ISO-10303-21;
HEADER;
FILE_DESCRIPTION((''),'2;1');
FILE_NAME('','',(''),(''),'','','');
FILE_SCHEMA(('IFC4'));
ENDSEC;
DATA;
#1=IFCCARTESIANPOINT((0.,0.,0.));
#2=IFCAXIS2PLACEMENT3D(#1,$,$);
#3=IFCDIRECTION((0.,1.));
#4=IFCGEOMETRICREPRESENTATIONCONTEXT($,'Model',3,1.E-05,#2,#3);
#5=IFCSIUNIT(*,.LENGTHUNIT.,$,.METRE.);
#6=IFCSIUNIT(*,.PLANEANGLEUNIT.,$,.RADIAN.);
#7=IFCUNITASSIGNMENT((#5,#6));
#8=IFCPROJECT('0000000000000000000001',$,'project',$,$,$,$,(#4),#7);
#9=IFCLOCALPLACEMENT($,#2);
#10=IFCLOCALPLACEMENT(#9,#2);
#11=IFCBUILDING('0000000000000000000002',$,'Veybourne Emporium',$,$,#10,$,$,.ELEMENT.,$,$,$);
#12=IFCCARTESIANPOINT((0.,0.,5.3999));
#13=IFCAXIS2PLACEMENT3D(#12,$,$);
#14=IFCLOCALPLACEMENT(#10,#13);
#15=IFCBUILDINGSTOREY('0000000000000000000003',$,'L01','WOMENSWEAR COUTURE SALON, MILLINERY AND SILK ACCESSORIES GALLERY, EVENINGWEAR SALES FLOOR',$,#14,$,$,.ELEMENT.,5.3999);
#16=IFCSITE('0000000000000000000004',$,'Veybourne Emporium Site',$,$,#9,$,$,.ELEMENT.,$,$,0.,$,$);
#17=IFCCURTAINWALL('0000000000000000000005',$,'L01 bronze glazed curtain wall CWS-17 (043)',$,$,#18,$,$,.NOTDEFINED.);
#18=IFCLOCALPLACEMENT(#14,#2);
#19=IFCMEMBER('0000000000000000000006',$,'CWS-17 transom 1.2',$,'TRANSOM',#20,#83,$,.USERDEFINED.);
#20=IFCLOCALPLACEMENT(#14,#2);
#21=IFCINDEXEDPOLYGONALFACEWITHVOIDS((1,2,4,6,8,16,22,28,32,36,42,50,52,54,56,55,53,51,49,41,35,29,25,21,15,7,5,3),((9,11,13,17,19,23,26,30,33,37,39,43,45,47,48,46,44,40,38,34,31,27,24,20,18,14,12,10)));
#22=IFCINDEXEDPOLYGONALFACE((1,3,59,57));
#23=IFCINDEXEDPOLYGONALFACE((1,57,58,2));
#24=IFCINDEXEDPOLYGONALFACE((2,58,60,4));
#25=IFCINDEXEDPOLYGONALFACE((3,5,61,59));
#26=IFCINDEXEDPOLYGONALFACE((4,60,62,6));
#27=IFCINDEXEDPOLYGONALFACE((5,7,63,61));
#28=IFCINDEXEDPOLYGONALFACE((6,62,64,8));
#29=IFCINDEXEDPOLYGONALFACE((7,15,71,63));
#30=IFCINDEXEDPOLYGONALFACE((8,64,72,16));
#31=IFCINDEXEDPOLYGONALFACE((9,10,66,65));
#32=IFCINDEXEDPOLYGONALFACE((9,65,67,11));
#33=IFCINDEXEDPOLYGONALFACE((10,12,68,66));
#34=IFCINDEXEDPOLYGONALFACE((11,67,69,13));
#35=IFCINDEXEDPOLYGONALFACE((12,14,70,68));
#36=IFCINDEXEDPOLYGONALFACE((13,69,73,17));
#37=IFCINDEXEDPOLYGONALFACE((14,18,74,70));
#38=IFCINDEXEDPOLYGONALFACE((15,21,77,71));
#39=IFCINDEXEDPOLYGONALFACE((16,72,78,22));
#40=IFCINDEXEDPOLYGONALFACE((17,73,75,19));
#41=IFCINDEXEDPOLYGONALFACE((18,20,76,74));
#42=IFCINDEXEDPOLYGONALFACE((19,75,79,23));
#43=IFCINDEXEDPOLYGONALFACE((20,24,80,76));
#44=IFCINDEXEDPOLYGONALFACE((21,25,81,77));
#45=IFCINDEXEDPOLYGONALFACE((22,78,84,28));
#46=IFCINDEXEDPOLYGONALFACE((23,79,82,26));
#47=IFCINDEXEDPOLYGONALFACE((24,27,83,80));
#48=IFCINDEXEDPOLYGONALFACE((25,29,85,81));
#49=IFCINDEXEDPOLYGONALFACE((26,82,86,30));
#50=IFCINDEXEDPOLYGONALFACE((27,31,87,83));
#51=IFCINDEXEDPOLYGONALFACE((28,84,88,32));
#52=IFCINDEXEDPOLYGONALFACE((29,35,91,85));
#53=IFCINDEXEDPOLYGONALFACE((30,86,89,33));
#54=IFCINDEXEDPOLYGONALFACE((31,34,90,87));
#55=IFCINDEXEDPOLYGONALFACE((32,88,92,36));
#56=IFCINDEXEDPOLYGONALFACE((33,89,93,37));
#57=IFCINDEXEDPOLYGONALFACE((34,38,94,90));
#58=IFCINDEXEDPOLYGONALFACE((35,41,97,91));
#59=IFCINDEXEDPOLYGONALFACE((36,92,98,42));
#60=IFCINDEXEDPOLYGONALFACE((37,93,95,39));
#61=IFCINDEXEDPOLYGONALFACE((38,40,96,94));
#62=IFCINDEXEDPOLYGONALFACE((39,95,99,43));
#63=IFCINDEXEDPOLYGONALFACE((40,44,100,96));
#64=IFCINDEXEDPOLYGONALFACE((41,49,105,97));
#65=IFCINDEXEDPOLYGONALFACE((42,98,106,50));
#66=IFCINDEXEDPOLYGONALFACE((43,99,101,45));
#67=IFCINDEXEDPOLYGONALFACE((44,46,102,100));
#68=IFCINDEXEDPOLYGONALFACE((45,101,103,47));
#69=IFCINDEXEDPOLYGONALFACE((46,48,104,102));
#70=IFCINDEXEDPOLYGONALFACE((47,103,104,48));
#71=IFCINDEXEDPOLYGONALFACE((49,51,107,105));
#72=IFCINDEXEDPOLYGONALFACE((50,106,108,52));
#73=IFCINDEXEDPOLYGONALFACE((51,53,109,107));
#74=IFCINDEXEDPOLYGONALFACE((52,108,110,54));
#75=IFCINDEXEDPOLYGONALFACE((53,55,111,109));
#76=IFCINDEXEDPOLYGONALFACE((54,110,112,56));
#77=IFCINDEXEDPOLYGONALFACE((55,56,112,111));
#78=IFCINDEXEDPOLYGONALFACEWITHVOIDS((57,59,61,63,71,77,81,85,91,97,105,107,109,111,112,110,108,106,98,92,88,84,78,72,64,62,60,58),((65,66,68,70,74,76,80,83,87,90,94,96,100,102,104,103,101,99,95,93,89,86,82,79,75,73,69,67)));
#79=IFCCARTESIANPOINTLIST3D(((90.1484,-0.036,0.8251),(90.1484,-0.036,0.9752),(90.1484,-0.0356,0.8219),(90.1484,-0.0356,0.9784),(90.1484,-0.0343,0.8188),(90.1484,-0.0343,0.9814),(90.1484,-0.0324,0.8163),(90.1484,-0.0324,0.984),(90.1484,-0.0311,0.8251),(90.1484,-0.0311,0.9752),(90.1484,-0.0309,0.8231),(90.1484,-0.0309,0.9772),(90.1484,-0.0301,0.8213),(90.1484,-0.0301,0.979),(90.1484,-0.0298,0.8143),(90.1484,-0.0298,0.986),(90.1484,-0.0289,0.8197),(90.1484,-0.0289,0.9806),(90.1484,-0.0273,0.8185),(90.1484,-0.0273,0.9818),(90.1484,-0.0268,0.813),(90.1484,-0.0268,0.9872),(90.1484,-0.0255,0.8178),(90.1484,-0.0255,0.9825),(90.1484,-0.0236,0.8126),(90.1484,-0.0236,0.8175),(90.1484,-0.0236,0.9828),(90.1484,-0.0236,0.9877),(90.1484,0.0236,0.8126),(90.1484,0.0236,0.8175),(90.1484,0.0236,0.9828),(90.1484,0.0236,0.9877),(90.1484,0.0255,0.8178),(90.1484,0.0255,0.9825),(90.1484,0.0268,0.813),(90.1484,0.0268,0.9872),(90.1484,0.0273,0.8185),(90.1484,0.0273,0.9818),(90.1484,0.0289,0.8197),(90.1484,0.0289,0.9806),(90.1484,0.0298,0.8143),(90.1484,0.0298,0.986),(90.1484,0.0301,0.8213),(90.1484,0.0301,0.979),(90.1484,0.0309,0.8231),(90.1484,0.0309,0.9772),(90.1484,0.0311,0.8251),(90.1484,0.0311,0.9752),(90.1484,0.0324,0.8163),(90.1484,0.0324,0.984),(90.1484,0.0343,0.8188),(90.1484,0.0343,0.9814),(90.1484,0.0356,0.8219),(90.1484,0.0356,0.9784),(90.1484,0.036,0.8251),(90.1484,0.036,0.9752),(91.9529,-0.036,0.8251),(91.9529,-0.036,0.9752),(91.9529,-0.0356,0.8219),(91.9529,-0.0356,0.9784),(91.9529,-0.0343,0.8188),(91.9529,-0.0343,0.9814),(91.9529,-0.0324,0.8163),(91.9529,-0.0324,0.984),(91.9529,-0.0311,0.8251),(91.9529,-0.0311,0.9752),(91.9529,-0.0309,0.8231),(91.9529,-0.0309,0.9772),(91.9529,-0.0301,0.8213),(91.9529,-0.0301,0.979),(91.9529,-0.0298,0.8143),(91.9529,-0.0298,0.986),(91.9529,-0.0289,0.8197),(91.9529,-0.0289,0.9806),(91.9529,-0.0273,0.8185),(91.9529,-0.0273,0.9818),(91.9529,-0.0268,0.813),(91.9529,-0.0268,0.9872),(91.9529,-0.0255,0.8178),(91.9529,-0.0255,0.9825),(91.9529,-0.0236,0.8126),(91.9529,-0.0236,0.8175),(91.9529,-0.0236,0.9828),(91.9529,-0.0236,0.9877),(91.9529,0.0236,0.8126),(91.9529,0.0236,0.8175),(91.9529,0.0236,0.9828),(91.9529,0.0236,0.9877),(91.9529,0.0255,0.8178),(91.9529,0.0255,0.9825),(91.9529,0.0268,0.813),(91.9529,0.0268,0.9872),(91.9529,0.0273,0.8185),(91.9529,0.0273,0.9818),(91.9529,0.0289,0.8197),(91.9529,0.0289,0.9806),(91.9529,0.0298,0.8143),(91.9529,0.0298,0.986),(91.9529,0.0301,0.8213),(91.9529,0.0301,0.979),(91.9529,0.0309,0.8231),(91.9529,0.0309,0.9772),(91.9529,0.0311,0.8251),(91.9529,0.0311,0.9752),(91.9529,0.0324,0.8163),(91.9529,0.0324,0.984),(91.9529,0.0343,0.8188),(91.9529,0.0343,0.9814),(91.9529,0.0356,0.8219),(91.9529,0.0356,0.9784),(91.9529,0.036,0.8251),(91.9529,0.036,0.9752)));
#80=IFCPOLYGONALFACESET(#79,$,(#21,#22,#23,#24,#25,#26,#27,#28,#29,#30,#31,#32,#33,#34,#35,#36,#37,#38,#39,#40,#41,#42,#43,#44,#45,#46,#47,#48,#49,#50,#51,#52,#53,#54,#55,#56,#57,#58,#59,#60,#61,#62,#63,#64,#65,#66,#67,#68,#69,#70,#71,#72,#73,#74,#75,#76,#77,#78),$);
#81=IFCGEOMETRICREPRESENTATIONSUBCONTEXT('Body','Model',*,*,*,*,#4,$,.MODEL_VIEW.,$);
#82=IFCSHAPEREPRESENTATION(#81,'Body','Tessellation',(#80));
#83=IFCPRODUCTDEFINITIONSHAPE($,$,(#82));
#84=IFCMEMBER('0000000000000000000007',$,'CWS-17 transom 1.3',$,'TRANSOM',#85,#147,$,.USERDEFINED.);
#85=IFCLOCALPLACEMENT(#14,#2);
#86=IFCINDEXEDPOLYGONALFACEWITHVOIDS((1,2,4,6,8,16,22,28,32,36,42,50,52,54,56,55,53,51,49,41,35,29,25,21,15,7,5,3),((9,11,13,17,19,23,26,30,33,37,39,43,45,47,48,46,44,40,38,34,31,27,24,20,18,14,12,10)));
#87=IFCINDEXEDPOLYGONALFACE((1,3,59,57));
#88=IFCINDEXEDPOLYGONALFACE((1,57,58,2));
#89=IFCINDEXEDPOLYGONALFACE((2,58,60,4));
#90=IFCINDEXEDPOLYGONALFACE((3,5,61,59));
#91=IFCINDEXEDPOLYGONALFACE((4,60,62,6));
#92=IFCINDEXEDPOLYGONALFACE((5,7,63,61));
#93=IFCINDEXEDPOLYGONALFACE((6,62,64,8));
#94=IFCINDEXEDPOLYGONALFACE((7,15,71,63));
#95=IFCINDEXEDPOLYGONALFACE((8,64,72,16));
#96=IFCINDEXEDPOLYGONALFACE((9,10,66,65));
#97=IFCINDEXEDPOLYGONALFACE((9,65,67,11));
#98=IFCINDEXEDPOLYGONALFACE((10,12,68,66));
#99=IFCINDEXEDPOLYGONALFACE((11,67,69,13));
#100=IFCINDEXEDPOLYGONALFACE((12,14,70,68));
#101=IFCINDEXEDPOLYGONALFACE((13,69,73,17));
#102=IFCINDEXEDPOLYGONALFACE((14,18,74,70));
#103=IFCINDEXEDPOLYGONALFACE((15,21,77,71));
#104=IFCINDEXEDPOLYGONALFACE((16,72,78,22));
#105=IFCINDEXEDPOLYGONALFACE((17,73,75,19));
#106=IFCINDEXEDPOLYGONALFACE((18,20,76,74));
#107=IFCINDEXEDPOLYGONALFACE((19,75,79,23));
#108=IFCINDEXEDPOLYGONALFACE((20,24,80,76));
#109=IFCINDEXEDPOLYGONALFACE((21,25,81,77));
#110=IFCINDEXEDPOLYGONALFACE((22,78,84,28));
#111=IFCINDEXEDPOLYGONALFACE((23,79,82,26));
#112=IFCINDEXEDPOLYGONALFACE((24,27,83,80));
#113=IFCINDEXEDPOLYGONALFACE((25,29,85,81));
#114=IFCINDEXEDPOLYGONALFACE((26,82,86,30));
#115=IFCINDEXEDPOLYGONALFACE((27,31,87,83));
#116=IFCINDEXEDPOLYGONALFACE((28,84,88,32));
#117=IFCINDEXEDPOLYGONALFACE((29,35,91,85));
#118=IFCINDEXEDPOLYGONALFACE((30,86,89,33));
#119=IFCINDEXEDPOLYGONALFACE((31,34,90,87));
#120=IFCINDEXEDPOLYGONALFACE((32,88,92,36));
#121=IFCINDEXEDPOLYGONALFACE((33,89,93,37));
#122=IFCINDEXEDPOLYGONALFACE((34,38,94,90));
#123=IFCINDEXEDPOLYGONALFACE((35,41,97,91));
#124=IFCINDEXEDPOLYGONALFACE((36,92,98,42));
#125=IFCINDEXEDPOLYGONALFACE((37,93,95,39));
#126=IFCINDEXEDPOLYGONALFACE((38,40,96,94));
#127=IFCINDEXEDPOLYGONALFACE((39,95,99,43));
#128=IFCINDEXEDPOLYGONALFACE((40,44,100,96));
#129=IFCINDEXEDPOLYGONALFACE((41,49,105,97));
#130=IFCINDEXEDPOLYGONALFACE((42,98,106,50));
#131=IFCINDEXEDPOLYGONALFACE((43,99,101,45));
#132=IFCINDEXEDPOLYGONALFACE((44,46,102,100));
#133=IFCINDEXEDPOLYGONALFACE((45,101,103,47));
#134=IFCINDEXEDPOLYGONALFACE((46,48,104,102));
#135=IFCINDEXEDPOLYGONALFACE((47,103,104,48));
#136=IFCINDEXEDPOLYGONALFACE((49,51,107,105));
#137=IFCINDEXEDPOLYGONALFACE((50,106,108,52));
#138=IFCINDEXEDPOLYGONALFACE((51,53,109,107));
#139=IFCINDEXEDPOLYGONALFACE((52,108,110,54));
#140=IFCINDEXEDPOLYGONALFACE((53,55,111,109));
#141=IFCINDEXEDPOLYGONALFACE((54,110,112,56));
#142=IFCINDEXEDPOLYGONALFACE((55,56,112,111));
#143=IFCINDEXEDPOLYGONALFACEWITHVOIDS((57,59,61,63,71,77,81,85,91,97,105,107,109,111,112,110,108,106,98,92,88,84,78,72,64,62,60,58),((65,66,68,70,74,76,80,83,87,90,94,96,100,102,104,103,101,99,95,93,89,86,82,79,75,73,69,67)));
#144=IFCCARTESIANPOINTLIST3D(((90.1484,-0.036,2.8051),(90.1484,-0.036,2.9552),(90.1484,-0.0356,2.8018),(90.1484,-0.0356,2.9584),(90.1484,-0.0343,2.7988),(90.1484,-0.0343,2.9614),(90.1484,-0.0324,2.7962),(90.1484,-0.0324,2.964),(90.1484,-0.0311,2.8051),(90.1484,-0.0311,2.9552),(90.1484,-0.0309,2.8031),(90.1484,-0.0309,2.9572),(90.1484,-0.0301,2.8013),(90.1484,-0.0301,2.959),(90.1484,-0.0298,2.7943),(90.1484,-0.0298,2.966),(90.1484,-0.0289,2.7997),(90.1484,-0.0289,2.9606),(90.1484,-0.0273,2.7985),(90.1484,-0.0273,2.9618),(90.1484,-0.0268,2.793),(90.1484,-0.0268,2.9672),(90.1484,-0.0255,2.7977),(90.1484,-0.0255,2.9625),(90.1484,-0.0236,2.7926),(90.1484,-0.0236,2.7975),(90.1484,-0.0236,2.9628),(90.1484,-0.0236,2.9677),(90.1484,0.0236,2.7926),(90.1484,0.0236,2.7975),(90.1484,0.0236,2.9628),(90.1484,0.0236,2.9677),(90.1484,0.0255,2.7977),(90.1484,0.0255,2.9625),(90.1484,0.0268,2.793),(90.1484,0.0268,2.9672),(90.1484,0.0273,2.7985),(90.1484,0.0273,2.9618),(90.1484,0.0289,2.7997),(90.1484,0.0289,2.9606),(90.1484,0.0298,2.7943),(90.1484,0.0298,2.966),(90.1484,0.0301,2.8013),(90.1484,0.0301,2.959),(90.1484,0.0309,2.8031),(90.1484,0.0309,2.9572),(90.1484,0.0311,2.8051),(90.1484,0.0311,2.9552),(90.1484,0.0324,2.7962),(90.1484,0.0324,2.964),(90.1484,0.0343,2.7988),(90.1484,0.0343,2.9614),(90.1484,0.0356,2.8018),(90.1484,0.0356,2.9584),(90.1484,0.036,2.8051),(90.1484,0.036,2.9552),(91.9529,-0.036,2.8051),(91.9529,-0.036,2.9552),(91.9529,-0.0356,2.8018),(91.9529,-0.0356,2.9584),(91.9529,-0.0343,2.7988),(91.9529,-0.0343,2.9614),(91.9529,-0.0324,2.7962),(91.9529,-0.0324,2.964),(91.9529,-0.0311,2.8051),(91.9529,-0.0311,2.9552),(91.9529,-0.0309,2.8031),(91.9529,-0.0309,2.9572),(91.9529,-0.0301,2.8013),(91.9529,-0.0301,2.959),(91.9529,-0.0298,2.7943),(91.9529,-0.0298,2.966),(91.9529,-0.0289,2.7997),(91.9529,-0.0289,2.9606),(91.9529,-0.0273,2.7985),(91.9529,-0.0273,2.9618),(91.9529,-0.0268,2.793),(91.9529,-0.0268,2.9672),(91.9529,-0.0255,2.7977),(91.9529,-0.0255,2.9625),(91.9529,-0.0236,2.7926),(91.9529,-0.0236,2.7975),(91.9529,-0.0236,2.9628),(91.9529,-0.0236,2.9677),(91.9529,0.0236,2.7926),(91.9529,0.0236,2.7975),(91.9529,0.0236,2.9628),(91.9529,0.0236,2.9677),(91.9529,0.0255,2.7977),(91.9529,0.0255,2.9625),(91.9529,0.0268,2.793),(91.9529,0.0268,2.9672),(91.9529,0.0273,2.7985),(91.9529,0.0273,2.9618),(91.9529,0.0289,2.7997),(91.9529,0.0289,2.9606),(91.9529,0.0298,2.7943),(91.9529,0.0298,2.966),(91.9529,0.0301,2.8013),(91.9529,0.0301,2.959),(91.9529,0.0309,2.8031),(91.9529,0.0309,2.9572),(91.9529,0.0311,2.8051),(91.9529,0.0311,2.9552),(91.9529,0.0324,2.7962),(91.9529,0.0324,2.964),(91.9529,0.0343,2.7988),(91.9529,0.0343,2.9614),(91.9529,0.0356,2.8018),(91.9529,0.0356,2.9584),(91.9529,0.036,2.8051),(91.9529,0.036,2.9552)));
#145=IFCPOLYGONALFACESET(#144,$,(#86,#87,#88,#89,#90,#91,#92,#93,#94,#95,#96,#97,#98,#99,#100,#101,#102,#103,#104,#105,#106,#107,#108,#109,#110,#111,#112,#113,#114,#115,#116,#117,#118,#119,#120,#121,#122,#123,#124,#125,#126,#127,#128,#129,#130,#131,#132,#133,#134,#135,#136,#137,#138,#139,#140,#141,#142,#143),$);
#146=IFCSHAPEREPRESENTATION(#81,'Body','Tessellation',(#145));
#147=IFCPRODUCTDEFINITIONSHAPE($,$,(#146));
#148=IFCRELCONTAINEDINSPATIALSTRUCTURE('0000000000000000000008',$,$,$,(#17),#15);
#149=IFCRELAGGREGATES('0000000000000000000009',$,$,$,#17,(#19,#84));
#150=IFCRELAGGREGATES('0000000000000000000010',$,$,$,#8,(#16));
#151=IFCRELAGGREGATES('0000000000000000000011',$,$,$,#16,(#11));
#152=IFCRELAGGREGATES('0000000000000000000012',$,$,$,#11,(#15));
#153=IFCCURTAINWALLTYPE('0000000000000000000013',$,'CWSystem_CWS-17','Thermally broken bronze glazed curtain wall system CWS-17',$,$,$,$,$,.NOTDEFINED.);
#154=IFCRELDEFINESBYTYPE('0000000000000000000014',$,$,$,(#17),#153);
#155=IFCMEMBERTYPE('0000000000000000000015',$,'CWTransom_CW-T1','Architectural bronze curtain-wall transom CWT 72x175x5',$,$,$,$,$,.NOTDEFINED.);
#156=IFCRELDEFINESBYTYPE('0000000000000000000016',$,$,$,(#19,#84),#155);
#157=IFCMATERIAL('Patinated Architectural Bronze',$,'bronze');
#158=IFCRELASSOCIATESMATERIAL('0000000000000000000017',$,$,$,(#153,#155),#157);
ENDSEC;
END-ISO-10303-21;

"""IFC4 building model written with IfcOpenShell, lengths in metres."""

from ifc_helpers import new_model, si_unit, direction, frame, origin, origin_2d, place, context, subcontext, project, spatial, hollow_rectangle, extrude, material, material_profile, profile_set, type_object, element, aggregate, save


model = new_model("IFC4")

# Units and contexts
model_context = context("Model", 3, precision=1e-05, world=origin(), true_north=direction((0.0, 1.0)))
body_context = subcontext(model_context, "Body", "Model", "MODEL_VIEW")
ifc_project = project(units=[si_unit("LENGTHUNIT", "METRE"), si_unit("PLANEANGLEUNIT", "RADIAN")], contexts=[model_context])

# Site, building, storey
site_placement = place(None, origin())
site = spatial("IfcSite", under=ifc_project, at=site_placement, Name="Veybourne Emporium Site", CompositionType="ELEMENT", RefElevation=0.0)
building_placement = place(site_placement, origin())
building = spatial("IfcBuilding", under=site, at=building_placement, Name="Veybourne Emporium", CompositionType="ELEMENT")
storey_placement = place(building_placement, frame((0.0, 0.0, 5.3999)))
storey = spatial("IfcBuildingStorey", under=building, at=storey_placement, Name="L01", Description="WOMENSWEAR COUTURE SALON, MILLINERY AND SILK ACCESSORIES GALLERY, EVENINGWEAR SALES FLOOR", CompositionType="ELEMENT", Elevation=5.3999)

# Curtain wall
ifc_material_1 = material(Name="Patinated Architectural Bronze", Category="bronze")
curtain_wall_type_1 = type_object("IfcCurtainWallType", Name="CWSystem_CWS-17", Description="Thermally broken bronze glazed curtain wall system CWS-17", PredefinedType="NOTDEFINED", material=ifc_material_1)
curtain_wall_1_placement = place(storey_placement, origin())
curtain_wall_1 = element("IfcCurtainWall", 1, at=curtain_wall_1_placement, inside=storey, type_object=curtain_wall_type_1, Name="L01 bronze glazed curtain wall CWS-17 (043)", PredefinedType="NOTDEFINED")

# Members
ifc_material_profile_1 = material_profile(ifc_material_1, hollow_rectangle(XDim=0.072, YDim=0.175, WallThickness=0.0049, InnerFilletRadius=0.0076, OuterFilletRadius=0.0125, at=origin_2d()), Name="CWT 72x175x5")
ifc_profile_set_1 = profile_set([ifc_material_profile_1], Name="Patinated Architectural Bronze")
member_type_1 = type_object("IfcMemberType", Name="CWTransom_CW-T1", Description="Architectural bronze curtain-wall transom CWT 72x175x5", PredefinedType="NOTDEFINED", material=ifc_profile_set_1)
member_1_placement = place(storey_placement, frame((91.9529, 0.0, 0.9001), z_axis=(-1.0, 0.0, 0.0), x_axis=(0.0, -1.0, 0.0)))
member_1 = element("IfcMember", 2, at=member_1_placement, type_object=member_type_1, Name="CWS-17 transom 1.2", ObjectType="TRANSOM", PredefinedType="USERDEFINED", context=body_context, shape_type="SweptSolid", body=[
    extrude(hollow_rectangle(XDim=0.072, YDim=0.175, WallThickness=0.0049, InnerFilletRadius=0.0076, OuterFilletRadius=0.0125, at=origin_2d()), origin(), (0.0, 0.0, 1.0), 1.8044),
])
member_2_placement = place(storey_placement, frame((91.9529, 0.0, 2.8801), z_axis=(-1.0, 0.0, 0.0), x_axis=(0.0, -1.0, 0.0)))
member_2 = element("IfcMember", 3, at=member_2_placement, type_object=member_type_1, Name="CWS-17 transom 1.3", ObjectType="TRANSOM", PredefinedType="USERDEFINED", context=body_context, shape_type="SweptSolid", body=[
    extrude(hollow_rectangle(XDim=0.072, YDim=0.175, WallThickness=0.0049, InnerFilletRadius=0.0076, OuterFilletRadius=0.0125, at=origin_2d()), origin(), (0.0, 0.0, 1.0), 1.8044),
])

aggregate(curtain_wall_1, [member_1, member_2])

save(model, "model.ifc")
